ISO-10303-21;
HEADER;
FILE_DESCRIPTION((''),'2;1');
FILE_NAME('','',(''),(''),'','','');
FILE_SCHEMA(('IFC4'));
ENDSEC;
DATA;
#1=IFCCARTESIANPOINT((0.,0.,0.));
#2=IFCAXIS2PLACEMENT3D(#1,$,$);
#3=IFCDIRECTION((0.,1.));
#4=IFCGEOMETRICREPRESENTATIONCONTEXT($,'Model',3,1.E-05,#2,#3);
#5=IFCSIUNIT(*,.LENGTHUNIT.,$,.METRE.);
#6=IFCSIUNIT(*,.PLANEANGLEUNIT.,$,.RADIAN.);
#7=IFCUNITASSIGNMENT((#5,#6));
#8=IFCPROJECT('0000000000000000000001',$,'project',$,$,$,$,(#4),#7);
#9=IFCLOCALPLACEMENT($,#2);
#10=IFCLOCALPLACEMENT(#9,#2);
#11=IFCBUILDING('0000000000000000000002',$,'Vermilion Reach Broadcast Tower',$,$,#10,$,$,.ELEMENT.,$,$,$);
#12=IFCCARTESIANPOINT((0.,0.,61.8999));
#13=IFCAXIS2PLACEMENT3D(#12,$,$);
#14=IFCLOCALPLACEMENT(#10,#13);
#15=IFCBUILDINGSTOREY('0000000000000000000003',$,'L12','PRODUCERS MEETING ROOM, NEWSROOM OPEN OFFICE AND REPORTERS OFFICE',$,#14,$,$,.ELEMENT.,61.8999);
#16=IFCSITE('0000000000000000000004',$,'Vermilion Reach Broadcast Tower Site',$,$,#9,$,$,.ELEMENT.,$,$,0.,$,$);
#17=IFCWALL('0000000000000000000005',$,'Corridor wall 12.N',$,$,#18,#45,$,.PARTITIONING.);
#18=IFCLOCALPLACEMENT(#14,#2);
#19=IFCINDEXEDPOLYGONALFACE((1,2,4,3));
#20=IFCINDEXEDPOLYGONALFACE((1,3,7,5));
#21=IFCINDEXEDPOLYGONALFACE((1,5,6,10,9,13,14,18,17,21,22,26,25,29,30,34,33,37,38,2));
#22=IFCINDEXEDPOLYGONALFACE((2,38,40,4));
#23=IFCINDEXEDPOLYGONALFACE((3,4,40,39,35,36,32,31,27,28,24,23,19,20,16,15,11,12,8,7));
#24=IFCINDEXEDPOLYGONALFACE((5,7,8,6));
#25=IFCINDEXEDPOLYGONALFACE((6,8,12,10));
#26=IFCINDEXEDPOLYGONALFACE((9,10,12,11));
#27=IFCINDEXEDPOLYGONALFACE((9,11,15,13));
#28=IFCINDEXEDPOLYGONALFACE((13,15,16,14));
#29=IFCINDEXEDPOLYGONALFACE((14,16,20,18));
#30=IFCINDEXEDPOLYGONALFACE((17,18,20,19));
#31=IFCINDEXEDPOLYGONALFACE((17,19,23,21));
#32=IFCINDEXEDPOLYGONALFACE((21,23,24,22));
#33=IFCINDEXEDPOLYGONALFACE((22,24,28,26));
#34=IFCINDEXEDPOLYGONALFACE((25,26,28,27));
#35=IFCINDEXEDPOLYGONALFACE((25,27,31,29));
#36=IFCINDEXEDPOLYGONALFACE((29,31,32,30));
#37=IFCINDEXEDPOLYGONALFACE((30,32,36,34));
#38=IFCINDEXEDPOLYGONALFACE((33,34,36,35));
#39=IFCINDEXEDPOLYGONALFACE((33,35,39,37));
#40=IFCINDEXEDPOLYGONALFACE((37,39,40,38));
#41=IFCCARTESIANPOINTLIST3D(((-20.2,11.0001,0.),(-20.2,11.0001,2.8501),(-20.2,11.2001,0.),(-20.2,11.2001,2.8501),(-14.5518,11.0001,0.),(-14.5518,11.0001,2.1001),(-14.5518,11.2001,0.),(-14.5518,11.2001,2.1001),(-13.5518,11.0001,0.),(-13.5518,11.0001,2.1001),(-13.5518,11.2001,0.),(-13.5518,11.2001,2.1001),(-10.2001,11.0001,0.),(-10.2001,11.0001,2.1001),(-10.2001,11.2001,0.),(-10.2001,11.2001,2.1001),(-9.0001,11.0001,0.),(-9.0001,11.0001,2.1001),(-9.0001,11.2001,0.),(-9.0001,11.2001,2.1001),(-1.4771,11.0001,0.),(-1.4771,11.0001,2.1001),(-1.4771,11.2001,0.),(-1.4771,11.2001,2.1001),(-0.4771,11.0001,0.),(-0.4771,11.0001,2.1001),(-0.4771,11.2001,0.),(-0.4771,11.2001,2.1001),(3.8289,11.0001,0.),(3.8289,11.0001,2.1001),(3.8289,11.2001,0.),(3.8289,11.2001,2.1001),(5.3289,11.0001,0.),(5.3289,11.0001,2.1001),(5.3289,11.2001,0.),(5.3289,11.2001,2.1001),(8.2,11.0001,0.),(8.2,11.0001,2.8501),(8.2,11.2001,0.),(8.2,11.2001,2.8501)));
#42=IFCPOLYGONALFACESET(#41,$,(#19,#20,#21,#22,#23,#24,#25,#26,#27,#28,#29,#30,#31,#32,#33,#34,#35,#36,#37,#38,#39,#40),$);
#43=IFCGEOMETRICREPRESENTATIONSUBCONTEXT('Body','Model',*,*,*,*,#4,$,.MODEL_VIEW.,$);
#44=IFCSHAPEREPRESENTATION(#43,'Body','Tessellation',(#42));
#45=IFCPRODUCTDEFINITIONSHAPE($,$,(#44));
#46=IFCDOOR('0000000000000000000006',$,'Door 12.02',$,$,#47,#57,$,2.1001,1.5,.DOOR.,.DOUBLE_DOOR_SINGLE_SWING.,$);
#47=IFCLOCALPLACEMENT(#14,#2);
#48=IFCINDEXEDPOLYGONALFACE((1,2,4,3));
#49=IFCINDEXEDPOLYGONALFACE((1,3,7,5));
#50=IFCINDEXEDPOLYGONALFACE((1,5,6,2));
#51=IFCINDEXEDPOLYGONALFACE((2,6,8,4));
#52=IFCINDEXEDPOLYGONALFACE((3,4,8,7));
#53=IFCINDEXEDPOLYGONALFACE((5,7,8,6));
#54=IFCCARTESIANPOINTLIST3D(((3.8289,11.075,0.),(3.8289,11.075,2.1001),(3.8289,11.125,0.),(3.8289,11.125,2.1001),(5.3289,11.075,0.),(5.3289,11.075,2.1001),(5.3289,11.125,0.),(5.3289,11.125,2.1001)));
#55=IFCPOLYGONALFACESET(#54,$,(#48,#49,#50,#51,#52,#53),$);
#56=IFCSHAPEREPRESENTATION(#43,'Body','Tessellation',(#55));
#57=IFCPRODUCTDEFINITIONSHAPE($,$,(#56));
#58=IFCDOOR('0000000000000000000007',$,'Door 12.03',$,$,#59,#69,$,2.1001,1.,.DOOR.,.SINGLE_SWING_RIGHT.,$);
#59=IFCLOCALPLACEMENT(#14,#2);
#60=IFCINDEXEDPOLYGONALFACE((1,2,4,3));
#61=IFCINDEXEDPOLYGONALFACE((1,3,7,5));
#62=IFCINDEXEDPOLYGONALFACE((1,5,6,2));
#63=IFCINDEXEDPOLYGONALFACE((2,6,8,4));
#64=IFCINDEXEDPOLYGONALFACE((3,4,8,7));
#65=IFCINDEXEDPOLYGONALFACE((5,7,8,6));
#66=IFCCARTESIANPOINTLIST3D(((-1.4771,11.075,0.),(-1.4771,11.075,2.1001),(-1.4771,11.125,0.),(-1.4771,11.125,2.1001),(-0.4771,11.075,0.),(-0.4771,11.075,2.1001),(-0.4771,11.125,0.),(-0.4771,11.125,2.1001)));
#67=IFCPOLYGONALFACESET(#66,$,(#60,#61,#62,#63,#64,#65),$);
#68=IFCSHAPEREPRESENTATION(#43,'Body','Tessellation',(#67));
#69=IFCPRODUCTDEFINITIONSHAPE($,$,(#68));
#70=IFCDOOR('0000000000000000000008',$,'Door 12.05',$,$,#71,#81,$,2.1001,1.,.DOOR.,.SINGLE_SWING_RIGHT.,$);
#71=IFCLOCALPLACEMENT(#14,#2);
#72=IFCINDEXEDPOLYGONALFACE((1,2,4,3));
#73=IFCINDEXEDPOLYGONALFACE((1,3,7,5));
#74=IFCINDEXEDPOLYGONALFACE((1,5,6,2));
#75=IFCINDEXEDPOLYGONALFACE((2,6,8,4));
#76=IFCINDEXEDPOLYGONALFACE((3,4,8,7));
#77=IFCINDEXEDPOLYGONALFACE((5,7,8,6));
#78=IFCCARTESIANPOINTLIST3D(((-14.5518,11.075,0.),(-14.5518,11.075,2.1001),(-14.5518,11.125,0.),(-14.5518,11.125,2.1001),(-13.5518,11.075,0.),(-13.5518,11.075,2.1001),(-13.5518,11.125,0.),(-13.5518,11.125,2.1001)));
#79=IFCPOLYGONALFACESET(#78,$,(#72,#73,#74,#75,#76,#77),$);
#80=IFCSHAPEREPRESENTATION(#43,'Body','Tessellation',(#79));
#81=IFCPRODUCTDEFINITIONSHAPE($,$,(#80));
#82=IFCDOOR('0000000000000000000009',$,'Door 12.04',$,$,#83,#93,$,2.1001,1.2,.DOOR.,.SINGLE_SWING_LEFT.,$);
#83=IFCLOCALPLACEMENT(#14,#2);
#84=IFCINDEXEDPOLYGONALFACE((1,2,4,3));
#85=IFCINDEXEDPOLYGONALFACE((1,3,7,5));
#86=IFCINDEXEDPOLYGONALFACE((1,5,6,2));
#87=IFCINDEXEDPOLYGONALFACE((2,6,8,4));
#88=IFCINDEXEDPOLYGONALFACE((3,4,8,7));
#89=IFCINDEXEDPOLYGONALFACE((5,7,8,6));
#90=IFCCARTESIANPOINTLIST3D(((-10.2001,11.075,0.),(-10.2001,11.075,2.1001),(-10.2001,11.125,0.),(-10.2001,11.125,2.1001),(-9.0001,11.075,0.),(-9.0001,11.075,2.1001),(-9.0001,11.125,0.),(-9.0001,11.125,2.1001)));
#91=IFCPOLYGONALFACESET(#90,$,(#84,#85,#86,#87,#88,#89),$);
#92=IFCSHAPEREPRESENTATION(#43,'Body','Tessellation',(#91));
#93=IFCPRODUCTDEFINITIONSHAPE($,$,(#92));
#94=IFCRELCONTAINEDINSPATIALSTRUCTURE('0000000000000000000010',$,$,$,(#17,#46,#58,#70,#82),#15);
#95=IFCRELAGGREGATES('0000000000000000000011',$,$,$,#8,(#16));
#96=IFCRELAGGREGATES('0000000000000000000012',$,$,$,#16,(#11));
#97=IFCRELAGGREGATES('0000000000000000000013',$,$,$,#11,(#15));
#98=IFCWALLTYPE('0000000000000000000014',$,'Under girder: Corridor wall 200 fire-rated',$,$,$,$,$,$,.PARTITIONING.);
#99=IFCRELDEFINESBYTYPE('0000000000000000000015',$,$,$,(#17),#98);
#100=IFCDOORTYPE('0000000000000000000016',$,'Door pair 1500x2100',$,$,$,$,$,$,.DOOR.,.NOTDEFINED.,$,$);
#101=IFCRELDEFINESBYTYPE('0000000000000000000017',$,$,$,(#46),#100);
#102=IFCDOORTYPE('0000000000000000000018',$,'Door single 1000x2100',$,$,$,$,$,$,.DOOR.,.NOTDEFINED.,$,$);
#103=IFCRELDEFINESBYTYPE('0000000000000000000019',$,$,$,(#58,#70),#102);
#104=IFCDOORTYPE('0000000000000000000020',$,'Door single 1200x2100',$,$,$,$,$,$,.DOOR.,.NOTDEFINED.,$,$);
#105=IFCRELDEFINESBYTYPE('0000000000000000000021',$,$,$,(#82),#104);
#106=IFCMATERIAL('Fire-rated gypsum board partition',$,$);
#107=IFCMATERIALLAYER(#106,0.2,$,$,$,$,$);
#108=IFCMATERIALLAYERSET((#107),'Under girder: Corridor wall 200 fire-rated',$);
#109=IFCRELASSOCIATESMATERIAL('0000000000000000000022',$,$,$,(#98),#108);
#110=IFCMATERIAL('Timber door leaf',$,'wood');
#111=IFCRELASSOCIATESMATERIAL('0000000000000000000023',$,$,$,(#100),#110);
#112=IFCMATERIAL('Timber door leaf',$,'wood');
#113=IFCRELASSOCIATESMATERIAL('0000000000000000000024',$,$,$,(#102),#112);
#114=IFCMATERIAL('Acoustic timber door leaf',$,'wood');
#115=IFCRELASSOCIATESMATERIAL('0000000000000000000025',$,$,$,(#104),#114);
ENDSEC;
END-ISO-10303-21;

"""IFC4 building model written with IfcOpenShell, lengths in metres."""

from ifc_helpers import new_model, si_unit, direction, frame, frame_2d, origin, place, context, subcontext, project, spatial, rectangle, extrude, material, layer, layer_set, type_object, element, fill, save


model = new_model("IFC4")

# Units and contexts
model_context = context("Model", 3, precision=1e-05, world=origin(), true_north=direction((0.0, 1.0)))
body_context = subcontext(model_context, "Body", "Model", "MODEL_VIEW")
ifc_project = project(units=[si_unit("LENGTHUNIT", "METRE"), si_unit("PLANEANGLEUNIT", "RADIAN")], contexts=[model_context])

# Site, building, storey
site_placement = place(None, origin())
site = spatial("IfcSite", under=ifc_project, at=site_placement, Name="Vermilion Reach Broadcast Tower Site", CompositionType="ELEMENT", RefElevation=0.0)
building_placement = place(site_placement, origin())
building = spatial("IfcBuilding", under=site, at=building_placement, Name="Vermilion Reach Broadcast Tower", CompositionType="ELEMENT")
storey_placement = place(building_placement, frame((0.0, 0.0, 61.8999)))
storey = spatial("IfcBuildingStorey", under=building, at=storey_placement, Name="L12", Description="PRODUCERS MEETING ROOM, NEWSROOM OPEN OFFICE AND REPORTERS OFFICE", CompositionType="ELEMENT", Elevation=61.8999)

# Wall, openings, doors
ifc_material_1 = material(Name="Fire-rated gypsum board partition")
ifc_layer_1 = layer(ifc_material_1, 0.2)
ifc_layer_set_1 = layer_set([ifc_layer_1], Name="Under girder: Corridor wall 200 fire-rated")
wall_type_1 = type_object("IfcWallType", Name="Under girder: Corridor wall 200 fire-rated", PredefinedType="PARTITIONING", material=ifc_layer_set_1)
wall_1_placement = place(storey_placement, frame((-20.2, 11.1001, 0.0), z_axis=(0.0, 0.0, 1.0), x_axis=(1.0, 0.0, 0.0)))
wall_1 = element("IfcWall", 1, at=wall_1_placement, inside=storey, type_object=wall_type_1, Name="Corridor wall 12.N", PredefinedType="PARTITIONING", context=body_context, shape_type="SweptSolid", body=[
    extrude(rectangle(XDim=28.3999, YDim=0.2, at=frame_2d((14.2, 0.0))), origin(), (0.0, 0.0, 1.0), 2.8501),
])
opening_1_placement = place(wall_1_placement, frame((24.0288, 0.0, 0.0)))
opening_1 = element("IfcOpeningElement", 2, at=opening_1_placement, cuts=wall_1, PredefinedType="OPENING", context=body_context, shape_type="SweptSolid", body=[
    extrude(rectangle(XDim=1.5, YDim=2.1001, at=frame_2d((0.75, 1.05))), frame((0.0, 0.1099, 0.0), z_axis=(0.0, -1.0, 0.0), x_axis=(1.0, 0.0, 0.0)), (0.0, 0.0, 1.0), 0.22),
])
opening_2_placement = place(wall_1_placement, frame((18.7229, 0.0, 0.0)))
opening_2 = element("IfcOpeningElement", 3, at=opening_2_placement, cuts=wall_1, PredefinedType="OPENING", context=body_context, shape_type="SweptSolid", body=[
    extrude(rectangle(XDim=1.0, YDim=2.1001, at=frame_2d((0.5, 1.05))), frame((0.0, 0.1099, 0.0), z_axis=(0.0, -1.0, 0.0), x_axis=(1.0, 0.0, 0.0)), (0.0, 0.0, 1.0), 0.22),
])
opening_3_placement = place(wall_1_placement, frame((9.9998, 0.0, 0.0)))
opening_3 = element("IfcOpeningElement", 4, at=opening_3_placement, cuts=wall_1, PredefinedType="OPENING", context=body_context, shape_type="SweptSolid", body=[
    extrude(rectangle(XDim=1.2, YDim=2.1001, at=frame_2d((0.6001, 1.05))), frame((0.0, 0.1099, 0.0), z_axis=(0.0, -1.0, 0.0), x_axis=(1.0, 0.0, 0.0)), (0.0, 0.0, 1.0), 0.22),
])
opening_4_placement = place(wall_1_placement, frame((5.6482, 0.0, 0.0)))
opening_4 = element("IfcOpeningElement", 5, at=opening_4_placement, cuts=wall_1, PredefinedType="OPENING", context=body_context, shape_type="SweptSolid", body=[
    extrude(rectangle(XDim=1.0, YDim=2.1001, at=frame_2d((0.5, 1.05))), frame((0.0, 0.1099, 0.0), z_axis=(0.0, -1.0, 0.0), x_axis=(1.0, 0.0, 0.0)), (0.0, 0.0, 1.0), 0.22),
])
ifc_material_2 = material(Name="Timber door leaf", Category="wood")
door_type_1 = type_object("IfcDoorType", Name="Door pair 1500x2100", OperationType="NOTDEFINED", PredefinedType="DOOR", material=ifc_material_2)
door_1_placement = place(opening_1_placement, origin())
door_1 = element("IfcDoor", 6, at=door_1_placement, inside=storey, type_object=door_type_1, Name="Door 12.02", OperationType="DOUBLE_DOOR_SINGLE_SWING", OverallHeight=2.1001, OverallWidth=1.5, PredefinedType="DOOR", context=body_context, shape_type="SweptSolid", body=[
    extrude(rectangle(XDim=1.5, YDim=2.1001, at=frame_2d((0.75, 1.05))), frame((0.0, 0.0249, 0.0), z_axis=(0.0, -1.0, 0.0), x_axis=(1.0, 0.0, 0.0)), (0.0, 0.0, 1.0), 0.05),
])
fill(opening_1, door_1)
ifc_material_3 = material(Name="Timber door leaf", Category="wood")
door_type_2 = type_object("IfcDoorType", Name="Door single 1000x2100", OperationType="NOTDEFINED", PredefinedType="DOOR", material=ifc_material_3)
door_2_placement = place(opening_2_placement, origin())
door_2 = element("IfcDoor", 7, at=door_2_placement, inside=storey, type_object=door_type_2, Name="Door 12.03", OperationType="SINGLE_SWING_RIGHT", OverallHeight=2.1001, OverallWidth=1.0, PredefinedType="DOOR", context=body_context, shape_type="SweptSolid", body=[
    extrude(rectangle(XDim=1.0, YDim=2.1001, at=frame_2d((0.5, 1.05))), frame((0.0, 0.0249, 0.0), z_axis=(0.0, -1.0, 0.0), x_axis=(1.0, 0.0, 0.0)), (0.0, 0.0, 1.0), 0.05),
])
fill(opening_2, door_2)
door_3_placement = place(opening_4_placement, origin())
door_3 = element("IfcDoor", 8, at=door_3_placement, inside=storey, type_object=door_type_2, Name="Door 12.05", OperationType="SINGLE_SWING_RIGHT", OverallHeight=2.1001, OverallWidth=1.0, PredefinedType="DOOR", context=body_context, shape_type="SweptSolid", body=[
    extrude(rectangle(XDim=1.0, YDim=2.1001, at=frame_2d((0.5, 1.05))), frame((0.0, 0.0249, 0.0), z_axis=(0.0, -1.0, 0.0), x_axis=(1.0, 0.0, 0.0)), (0.0, 0.0, 1.0), 0.05),
])
fill(opening_4, door_3)
ifc_material_4 = material(Name="Acoustic timber door leaf", Category="wood")
door_type_3 = type_object("IfcDoorType", Name="Door single 1200x2100", OperationType="NOTDEFINED", PredefinedType="DOOR", material=ifc_material_4)
door_4_placement = place(opening_3_placement, origin())
door_4 = element("IfcDoor", 9, at=door_4_placement, inside=storey, type_object=door_type_3, Name="Door 12.04", OperationType="SINGLE_SWING_LEFT", OverallHeight=2.1001, OverallWidth=1.2, PredefinedType="DOOR", context=body_context, shape_type="SweptSolid", body=[
    extrude(rectangle(XDim=1.2, YDim=2.1001, at=frame_2d((0.6001, 1.05))), frame((0.0, 0.0249, 0.0), z_axis=(0.0, -1.0, 0.0), x_axis=(1.0, 0.0, 0.0)), (0.0, 0.0, 1.0), 0.05),
])
fill(opening_3, door_4)

save(model, "model.ifc")
